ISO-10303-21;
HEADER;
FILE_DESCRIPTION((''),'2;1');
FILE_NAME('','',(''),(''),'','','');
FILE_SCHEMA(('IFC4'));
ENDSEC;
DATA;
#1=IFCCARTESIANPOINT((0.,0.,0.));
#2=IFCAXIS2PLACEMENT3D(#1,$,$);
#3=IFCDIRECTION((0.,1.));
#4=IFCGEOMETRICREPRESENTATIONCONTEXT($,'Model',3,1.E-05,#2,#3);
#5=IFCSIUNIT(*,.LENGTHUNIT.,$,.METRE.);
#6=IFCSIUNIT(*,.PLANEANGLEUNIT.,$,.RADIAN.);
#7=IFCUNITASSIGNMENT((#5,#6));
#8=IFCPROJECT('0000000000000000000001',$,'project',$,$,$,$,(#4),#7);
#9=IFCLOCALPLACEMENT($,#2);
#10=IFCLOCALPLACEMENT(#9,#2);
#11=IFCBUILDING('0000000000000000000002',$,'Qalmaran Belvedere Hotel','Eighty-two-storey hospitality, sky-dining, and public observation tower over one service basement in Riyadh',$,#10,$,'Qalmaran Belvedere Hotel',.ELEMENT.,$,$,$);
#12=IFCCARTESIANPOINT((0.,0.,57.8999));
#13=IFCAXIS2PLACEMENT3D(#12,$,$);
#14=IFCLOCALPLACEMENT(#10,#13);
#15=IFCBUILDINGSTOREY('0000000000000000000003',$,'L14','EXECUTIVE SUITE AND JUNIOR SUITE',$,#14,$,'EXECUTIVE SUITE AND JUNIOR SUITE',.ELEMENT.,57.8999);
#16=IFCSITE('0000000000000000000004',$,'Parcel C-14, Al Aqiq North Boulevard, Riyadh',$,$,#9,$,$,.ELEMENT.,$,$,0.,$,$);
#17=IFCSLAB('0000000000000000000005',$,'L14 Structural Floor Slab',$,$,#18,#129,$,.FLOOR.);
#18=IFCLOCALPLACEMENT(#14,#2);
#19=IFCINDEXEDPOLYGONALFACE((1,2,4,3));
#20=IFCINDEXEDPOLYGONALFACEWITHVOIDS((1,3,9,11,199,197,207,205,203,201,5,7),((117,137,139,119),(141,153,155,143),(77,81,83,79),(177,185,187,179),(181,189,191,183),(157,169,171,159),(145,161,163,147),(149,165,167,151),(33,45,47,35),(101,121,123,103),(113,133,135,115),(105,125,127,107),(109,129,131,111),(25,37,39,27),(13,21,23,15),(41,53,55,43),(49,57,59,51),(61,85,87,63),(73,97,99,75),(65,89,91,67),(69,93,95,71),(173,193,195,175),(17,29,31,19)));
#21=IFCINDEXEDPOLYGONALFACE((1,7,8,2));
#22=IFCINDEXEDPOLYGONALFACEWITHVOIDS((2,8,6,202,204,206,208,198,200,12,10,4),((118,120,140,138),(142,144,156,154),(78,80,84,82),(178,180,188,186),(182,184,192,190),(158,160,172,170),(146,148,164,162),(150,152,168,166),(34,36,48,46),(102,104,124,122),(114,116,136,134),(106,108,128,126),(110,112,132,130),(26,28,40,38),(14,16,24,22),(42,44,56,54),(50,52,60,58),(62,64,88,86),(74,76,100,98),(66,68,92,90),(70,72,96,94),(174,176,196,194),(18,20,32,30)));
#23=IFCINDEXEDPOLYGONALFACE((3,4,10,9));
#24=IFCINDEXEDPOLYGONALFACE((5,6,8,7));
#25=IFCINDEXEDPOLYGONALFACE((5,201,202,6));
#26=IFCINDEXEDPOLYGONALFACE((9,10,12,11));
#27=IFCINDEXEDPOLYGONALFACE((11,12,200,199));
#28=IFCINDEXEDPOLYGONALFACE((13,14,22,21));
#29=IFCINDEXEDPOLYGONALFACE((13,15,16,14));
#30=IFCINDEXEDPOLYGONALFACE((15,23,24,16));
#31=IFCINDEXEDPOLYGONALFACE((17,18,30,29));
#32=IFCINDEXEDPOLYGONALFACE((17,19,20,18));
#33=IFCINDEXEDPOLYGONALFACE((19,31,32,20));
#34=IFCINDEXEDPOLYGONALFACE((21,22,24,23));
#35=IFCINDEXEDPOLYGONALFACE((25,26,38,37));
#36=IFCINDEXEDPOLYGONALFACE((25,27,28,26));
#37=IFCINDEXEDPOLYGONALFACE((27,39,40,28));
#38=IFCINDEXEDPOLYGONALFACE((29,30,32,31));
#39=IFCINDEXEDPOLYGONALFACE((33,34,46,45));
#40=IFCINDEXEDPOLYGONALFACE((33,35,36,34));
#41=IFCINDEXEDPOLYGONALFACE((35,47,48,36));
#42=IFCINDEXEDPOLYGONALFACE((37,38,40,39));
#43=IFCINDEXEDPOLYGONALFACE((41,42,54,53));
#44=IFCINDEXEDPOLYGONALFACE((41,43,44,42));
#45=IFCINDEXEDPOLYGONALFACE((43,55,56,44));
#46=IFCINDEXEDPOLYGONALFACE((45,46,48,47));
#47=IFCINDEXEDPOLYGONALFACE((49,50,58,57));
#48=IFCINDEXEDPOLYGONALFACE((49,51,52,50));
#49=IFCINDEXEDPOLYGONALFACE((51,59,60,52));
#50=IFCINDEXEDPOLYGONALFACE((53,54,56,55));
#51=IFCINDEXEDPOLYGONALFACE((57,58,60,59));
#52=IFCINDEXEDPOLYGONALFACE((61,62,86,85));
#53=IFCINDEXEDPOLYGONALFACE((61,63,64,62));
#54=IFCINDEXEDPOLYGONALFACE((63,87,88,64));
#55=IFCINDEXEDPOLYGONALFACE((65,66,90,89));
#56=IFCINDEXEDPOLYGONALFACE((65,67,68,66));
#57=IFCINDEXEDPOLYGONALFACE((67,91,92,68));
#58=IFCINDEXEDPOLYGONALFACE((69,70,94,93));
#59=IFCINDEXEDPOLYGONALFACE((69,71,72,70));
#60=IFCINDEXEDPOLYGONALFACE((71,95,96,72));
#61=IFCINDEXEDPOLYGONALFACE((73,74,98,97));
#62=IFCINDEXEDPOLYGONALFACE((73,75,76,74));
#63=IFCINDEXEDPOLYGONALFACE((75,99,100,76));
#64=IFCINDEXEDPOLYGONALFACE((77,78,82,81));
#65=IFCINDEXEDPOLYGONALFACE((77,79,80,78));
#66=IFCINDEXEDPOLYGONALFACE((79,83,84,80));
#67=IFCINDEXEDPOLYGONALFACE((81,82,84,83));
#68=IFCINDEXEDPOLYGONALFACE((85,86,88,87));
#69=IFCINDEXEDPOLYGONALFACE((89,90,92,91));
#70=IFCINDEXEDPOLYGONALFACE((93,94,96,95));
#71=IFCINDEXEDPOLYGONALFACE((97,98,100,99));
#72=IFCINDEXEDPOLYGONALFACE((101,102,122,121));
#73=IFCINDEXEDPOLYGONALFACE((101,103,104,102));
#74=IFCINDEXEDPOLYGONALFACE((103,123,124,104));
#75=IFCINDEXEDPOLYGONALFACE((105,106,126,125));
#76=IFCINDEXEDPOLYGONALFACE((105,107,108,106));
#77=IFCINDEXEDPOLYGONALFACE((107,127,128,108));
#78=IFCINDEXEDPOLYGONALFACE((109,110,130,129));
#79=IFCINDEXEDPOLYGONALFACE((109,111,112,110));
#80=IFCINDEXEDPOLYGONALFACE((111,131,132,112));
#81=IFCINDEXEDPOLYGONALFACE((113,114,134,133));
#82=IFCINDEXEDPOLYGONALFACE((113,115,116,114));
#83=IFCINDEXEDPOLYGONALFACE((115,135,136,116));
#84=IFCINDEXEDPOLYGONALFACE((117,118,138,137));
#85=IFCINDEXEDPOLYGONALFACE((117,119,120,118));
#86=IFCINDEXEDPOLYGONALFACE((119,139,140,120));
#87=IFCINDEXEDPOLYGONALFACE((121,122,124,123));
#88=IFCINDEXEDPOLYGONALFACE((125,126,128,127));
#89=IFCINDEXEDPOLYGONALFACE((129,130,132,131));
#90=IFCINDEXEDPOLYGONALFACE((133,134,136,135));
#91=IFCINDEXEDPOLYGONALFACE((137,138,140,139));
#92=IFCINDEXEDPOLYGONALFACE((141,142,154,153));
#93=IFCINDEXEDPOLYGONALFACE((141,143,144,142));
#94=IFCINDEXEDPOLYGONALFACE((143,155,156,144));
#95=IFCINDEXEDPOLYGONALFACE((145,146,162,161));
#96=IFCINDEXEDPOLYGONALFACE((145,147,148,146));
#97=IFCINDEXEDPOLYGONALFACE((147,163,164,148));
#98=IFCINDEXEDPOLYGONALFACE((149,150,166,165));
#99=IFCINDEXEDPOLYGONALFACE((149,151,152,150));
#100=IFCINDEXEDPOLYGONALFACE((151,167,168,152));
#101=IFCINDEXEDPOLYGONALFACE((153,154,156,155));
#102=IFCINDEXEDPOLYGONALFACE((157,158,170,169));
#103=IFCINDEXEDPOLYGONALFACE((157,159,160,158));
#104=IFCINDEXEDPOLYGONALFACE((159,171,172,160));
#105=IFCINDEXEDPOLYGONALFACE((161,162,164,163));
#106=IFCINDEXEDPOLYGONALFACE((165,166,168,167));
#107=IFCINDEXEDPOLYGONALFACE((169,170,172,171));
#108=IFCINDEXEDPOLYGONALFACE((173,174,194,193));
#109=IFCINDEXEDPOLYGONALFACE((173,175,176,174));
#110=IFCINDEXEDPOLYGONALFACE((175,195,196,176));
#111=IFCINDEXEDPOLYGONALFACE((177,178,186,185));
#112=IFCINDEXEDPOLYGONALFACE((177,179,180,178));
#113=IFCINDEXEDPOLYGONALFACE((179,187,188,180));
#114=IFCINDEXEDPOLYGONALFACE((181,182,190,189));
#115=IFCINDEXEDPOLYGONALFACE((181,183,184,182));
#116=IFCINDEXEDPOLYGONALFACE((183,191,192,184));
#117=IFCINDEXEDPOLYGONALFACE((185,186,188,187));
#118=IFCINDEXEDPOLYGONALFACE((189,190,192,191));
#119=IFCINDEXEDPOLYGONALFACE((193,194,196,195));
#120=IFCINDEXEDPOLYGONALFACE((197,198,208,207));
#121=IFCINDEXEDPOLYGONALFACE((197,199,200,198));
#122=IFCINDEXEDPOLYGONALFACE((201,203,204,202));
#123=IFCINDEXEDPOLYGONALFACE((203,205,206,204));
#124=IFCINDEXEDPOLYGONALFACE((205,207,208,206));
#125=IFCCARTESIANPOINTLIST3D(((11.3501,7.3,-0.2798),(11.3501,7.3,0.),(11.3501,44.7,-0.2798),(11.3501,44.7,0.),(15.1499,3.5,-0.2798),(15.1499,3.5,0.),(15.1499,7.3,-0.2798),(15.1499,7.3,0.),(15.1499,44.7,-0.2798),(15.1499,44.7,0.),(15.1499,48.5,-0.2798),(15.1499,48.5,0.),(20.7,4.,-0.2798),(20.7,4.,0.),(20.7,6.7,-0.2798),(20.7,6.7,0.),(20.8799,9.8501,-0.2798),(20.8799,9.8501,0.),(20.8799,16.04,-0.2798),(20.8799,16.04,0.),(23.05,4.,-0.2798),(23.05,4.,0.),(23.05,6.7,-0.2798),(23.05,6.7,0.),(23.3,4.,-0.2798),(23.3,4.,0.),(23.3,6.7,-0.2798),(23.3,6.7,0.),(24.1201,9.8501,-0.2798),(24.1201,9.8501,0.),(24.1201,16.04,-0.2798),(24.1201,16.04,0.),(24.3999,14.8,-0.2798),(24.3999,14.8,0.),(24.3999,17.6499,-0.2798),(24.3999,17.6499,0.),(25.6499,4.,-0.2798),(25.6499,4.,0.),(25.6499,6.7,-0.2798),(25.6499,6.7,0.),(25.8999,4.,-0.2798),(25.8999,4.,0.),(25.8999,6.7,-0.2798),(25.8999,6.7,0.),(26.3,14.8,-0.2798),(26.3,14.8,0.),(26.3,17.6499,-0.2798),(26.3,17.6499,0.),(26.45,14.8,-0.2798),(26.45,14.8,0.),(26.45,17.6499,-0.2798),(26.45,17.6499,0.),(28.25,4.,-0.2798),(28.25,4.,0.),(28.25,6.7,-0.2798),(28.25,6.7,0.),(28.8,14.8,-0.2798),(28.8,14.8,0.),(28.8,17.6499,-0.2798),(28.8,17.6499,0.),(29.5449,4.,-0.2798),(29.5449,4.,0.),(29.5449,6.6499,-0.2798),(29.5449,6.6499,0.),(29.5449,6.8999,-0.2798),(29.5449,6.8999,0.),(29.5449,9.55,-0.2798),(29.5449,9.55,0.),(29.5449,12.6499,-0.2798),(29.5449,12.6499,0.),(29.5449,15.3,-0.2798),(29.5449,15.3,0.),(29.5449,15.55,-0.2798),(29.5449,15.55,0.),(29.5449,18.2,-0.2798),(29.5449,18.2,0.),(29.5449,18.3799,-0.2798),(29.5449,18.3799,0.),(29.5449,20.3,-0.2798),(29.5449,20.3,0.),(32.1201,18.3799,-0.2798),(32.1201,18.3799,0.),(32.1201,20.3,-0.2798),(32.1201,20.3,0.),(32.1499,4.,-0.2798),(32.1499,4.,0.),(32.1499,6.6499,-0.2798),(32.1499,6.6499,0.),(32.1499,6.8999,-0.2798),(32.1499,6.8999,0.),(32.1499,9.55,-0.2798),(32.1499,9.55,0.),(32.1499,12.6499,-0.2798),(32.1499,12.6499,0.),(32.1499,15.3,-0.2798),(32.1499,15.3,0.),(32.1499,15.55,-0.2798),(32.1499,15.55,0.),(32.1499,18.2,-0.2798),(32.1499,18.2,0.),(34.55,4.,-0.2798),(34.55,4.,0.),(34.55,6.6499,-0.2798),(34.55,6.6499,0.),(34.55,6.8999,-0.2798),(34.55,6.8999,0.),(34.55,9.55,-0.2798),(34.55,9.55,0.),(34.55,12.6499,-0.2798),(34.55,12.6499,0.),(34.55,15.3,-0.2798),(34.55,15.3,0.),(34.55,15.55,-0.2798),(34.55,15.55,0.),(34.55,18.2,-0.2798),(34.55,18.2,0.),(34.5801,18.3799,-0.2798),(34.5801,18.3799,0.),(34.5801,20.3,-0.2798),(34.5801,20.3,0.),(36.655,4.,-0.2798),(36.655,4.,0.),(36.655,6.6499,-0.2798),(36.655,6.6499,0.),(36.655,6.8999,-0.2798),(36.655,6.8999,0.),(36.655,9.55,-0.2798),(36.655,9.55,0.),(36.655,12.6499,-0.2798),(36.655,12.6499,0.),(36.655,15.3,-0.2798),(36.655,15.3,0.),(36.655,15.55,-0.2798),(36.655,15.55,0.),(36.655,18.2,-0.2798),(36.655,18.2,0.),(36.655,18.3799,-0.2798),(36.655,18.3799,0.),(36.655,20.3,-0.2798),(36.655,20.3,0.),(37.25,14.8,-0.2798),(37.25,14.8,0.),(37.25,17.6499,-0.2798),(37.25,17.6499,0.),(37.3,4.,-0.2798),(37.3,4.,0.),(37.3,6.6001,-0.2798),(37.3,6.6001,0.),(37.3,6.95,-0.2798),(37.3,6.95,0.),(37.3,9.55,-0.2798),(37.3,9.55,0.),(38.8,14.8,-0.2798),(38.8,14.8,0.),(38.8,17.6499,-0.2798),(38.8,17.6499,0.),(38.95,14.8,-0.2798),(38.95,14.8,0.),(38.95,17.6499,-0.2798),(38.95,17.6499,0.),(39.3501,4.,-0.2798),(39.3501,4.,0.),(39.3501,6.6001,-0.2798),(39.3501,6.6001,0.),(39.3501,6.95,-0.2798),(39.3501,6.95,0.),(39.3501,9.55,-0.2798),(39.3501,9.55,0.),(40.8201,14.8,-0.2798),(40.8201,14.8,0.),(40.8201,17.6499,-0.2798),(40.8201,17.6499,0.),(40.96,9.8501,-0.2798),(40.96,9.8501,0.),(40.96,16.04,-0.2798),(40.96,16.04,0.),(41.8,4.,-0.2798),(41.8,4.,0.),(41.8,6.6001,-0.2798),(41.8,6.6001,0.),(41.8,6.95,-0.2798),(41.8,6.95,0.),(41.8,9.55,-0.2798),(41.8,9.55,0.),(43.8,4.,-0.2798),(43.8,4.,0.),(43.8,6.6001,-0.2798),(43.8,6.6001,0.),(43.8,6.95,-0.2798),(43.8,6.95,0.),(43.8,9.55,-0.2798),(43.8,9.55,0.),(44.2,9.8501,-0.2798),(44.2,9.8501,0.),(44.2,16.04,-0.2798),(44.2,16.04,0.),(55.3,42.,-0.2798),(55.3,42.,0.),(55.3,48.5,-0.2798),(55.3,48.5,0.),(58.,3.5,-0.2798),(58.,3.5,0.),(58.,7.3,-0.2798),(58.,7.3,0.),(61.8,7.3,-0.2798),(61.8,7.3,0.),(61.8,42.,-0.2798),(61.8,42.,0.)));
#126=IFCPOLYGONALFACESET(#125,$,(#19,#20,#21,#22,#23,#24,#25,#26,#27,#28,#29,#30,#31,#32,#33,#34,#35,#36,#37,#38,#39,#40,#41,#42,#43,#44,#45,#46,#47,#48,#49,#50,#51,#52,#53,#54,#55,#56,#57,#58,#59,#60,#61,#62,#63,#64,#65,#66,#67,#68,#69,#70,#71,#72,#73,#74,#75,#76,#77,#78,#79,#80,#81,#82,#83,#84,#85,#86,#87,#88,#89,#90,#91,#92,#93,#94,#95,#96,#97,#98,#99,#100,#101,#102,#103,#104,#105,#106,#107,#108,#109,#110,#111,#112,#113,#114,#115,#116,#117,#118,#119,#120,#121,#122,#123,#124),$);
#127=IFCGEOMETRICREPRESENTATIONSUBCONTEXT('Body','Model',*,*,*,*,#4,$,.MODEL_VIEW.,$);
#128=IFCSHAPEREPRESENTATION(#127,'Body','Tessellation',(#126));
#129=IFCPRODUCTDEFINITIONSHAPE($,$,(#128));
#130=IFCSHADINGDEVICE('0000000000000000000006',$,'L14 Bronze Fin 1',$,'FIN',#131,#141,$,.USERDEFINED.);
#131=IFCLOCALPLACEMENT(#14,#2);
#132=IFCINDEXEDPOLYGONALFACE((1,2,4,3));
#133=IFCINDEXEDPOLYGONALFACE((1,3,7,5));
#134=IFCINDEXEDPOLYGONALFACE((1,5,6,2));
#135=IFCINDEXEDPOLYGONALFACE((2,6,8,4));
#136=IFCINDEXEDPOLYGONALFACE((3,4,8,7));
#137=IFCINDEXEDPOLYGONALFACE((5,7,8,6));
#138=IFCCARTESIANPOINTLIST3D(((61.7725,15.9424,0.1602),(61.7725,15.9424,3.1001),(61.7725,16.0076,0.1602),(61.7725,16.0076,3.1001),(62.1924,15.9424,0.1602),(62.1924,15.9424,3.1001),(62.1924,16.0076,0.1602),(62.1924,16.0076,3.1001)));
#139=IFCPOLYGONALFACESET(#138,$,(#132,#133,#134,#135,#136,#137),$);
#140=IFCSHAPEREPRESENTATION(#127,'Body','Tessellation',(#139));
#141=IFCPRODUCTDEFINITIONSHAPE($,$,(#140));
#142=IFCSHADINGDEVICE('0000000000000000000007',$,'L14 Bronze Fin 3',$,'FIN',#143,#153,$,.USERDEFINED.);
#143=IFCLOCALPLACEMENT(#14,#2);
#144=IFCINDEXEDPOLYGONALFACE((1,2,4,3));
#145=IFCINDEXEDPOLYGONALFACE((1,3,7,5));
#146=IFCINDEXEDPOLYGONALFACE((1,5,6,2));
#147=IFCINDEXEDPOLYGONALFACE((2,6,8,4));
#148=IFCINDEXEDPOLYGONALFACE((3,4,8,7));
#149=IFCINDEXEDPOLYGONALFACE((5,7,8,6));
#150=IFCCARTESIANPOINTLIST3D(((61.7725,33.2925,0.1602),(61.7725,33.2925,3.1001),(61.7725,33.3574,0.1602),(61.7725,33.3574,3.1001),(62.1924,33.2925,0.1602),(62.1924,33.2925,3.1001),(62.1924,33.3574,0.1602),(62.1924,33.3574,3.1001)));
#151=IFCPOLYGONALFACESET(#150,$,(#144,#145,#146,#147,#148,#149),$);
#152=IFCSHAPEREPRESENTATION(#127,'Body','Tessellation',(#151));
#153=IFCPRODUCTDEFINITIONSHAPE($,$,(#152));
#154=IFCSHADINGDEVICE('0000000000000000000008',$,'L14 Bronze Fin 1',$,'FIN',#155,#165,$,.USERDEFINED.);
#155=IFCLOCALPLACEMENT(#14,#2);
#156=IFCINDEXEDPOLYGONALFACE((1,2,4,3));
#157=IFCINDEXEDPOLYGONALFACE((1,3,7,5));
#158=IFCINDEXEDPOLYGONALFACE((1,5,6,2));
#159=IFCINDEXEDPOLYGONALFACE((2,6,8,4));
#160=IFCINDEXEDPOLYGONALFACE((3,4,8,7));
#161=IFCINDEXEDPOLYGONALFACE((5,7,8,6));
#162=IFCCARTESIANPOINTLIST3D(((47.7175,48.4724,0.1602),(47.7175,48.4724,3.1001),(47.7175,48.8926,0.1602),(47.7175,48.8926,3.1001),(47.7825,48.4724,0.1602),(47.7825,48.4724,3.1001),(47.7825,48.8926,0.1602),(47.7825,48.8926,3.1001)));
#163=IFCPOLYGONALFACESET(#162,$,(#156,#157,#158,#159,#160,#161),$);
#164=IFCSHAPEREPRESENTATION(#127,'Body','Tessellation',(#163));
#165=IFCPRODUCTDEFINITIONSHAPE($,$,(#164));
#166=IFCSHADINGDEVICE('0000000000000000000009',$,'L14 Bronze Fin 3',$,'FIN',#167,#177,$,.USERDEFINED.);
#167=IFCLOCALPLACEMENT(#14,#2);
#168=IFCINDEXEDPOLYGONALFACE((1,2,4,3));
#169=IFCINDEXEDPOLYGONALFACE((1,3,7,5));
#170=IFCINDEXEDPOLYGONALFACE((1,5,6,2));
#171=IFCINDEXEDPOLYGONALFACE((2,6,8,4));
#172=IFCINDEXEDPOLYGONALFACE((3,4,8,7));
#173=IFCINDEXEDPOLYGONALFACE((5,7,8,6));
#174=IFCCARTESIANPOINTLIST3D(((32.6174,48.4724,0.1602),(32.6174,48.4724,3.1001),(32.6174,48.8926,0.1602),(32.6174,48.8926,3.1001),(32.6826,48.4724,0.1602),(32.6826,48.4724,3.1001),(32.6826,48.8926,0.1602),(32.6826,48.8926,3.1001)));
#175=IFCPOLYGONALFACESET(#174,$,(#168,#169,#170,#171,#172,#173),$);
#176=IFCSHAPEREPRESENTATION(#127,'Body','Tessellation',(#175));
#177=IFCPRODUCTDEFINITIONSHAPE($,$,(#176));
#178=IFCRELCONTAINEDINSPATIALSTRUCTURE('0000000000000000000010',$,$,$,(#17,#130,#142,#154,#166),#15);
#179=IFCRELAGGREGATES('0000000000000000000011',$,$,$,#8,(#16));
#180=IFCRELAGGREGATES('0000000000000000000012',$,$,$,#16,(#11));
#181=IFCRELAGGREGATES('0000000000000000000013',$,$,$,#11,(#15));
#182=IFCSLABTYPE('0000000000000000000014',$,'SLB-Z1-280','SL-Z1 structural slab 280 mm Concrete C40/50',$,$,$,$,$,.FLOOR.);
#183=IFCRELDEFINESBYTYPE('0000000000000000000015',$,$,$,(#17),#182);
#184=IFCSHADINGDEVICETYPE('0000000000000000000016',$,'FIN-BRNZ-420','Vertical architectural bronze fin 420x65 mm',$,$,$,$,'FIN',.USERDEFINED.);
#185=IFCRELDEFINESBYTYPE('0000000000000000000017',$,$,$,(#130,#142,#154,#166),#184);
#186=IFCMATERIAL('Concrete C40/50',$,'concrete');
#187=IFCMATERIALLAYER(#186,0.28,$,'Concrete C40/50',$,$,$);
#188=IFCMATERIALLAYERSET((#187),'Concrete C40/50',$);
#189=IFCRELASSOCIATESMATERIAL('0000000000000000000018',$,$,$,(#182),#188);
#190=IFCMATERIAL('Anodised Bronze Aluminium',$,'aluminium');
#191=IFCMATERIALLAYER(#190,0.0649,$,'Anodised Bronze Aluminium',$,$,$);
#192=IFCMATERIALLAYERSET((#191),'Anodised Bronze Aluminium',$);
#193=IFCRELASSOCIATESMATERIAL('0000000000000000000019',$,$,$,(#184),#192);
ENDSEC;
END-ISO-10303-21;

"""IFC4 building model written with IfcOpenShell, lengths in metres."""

from ifc_helpers import new_model, si_unit, direction, frame, origin, place, context, subcontext, project, spatial, polyline, outline, extrude, material, layer, layer_set, type_object, element, save


model = new_model("IFC4")

# Units and contexts
model_context = context("Model", 3, precision=1e-05, world=origin(), true_north=direction((0.0, 1.0)))
body_context = subcontext(model_context, "Body", "Model", "MODEL_VIEW")
ifc_project = project(units=[si_unit("LENGTHUNIT", "METRE"), si_unit("PLANEANGLEUNIT", "RADIAN")], contexts=[model_context])

# Site, building, storey
site_placement = place(None, origin())
site = spatial("IfcSite", under=ifc_project, at=site_placement, Name="Parcel C-14, Al Aqiq North Boulevard, Riyadh", CompositionType="ELEMENT", RefElevation=0.0)
building_placement = place(site_placement, origin())
building = spatial("IfcBuilding", under=site, at=building_placement, Name="Qalmaran Belvedere Hotel", Description="Eighty-two-storey hospitality, sky-dining, and public observation tower over one service basement in Riyadh", LongName="Qalmaran Belvedere Hotel", CompositionType="ELEMENT")
storey_placement = place(building_placement, frame((0.0, 0.0, 57.8999)))
storey = spatial("IfcBuildingStorey", under=building, at=storey_placement, Name="L14", Description="EXECUTIVE SUITE AND JUNIOR SUITE", LongName="EXECUTIVE SUITE AND JUNIOR SUITE", CompositionType="ELEMENT", Elevation=57.8999)

# Shared definitions
ifc_material_1 = material(Name="Anodised Bronze Aluminium", Category="aluminium")

# Shared definitions
ifc_material_2 = material(Name="Concrete C40/50", Category="concrete")

# Slab
ifc_layer_1 = layer(ifc_material_2, 0.28, Name="Concrete C40/50")
ifc_layer_set_1 = layer_set([ifc_layer_1], Name="Concrete C40/50")
slab_type_1 = type_object("IfcSlabType", Name="SLB-Z1-280", Description="SL-Z1 structural slab 280 mm Concrete C40/50", PredefinedType="FLOOR", material=ifc_layer_set_1)
slab_1_placement = place(storey_placement, frame((0.0, 0.0, -0.2798)))
element("IfcSlab", 1, at=slab_1_placement, inside=storey, type_object=slab_type_1, Name="L14 Structural Floor Slab", PredefinedType="FLOOR", context=body_context, shape_type="SweptSolid", body=[
    extrude(outline(polyline([(15.1499, 3.5), (58.0, 3.5), (58.0, 7.3), (61.8, 7.3), (61.8, 42.0), (55.3, 42.0), (55.3, 48.5), (15.1499, 48.5), (15.1499, 44.7), (11.3501, 44.7), (11.3501, 7.3), (15.1499, 7.3), (15.1499, 3.5)]), holes=[polyline([(20.8799, 9.8501), (24.1201, 9.8501), (24.1201, 16.04), (20.8799, 16.04), (20.8799, 9.8501)]), polyline([(40.96, 9.8501), (44.2, 9.8501), (44.2, 16.04), (40.96, 16.04), (40.96, 9.8501)]), polyline([(29.5449, 4.0), (32.1499, 4.0), (32.1499, 6.6499), (29.5449, 6.6499), (29.5449, 4.0)]), polyline([(29.5449, 6.8999), (32.1499, 6.8999), (32.1499, 9.55), (29.5449, 9.55), (29.5449, 6.8999)]), polyline([(34.55, 4.0), (36.655, 4.0), (36.655, 6.6499), (34.55, 6.6499), (34.55, 4.0)]), polyline([(34.55, 6.8999), (36.655, 6.8999), (36.655, 9.55), (34.55, 9.55), (34.55, 6.8999)]), polyline([(29.5449, 12.6499), (32.1499, 12.6499), (32.1499, 15.3), (29.5449, 15.3), (29.5449, 12.6499)]), polyline([(29.5449, 15.55), (32.1499, 15.55), (32.1499, 18.2), (29.5449, 18.2), (29.5449, 15.55)]), polyline([(34.55, 12.6499), (36.655, 12.6499), (36.655, 15.3), (34.55, 15.3), (34.55, 12.6499)]), polyline([(34.55, 15.55), (36.655, 15.55), (36.655, 18.2), (34.55, 18.2), (34.55, 15.55)]), polyline([(37.3, 4.0), (39.3501, 4.0), (39.3501, 6.6001), (37.3, 6.6001), (37.3, 4.0)]), polyline([(37.3, 6.95), (39.3501, 6.95), (39.3501, 9.55), (37.3, 9.55), (37.3, 6.95)]), polyline([(41.8, 4.0), (43.8, 4.0), (43.8, 6.6001), (41.8, 6.6001), (41.8, 4.0)]), polyline([(41.8, 6.95), (43.8, 6.95), (43.8, 9.55), (41.8, 9.55), (41.8, 6.95)]), polyline([(20.7, 4.0), (23.05, 4.0), (23.05, 6.7), (20.7, 6.7), (20.7, 4.0)]), polyline([(23.3, 4.0), (25.6499, 4.0), (25.6499, 6.7), (23.3, 6.7), (23.3, 4.0)]), polyline([(25.8999, 4.0), (28.25, 4.0), (28.25, 6.7), (25.8999, 6.7), (25.8999, 4.0)]), polyline([(24.3999, 14.8), (26.3, 14.8), (26.3, 17.6499), (24.3999, 17.6499), (24.3999, 14.8)]), polyline([(38.95, 14.8), (40.8201, 14.8), (40.8201, 17.6499), (38.95, 17.6499), (38.95, 14.8)]), polyline([(26.45, 14.8), (28.8, 14.8), (28.8, 17.6499), (26.45, 17.6499), (26.45, 14.8)]), polyline([(37.25, 14.8), (38.8, 14.8), (38.8, 17.6499), (37.25, 17.6499), (37.25, 14.8)]), polyline([(29.5449, 18.3799), (32.1201, 18.3799), (32.1201, 20.3), (29.5449, 20.3), (29.5449, 18.3799)]), polyline([(34.5801, 18.3799), (36.655, 18.3799), (36.655, 20.3), (34.5801, 20.3), (34.5801, 18.3799)])]), origin(), (0.0, 0.0, 1.0), 0.2798),
])

# Shading devices
ifc_layer_2 = layer(ifc_material_1, 0.0649, Name="Anodised Bronze Aluminium")
ifc_layer_set_2 = layer_set([ifc_layer_2], Name="Anodised Bronze Aluminium")
shading_device_type = type_object("IfcShadingDeviceType", Name="FIN-BRNZ-420", Description="Vertical architectural bronze fin 420x65 mm", ElementType="FIN", PredefinedType="USERDEFINED", material=ifc_layer_set_2)
shading_device_1_placement = place(storey_placement, frame((0.0, 0.0, 0.1602)))
element("IfcShadingDevice", 2, at=shading_device_1_placement, inside=storey, type_object=shading_device_type, Name="L14 Bronze Fin 1", ObjectType="FIN", PredefinedType="USERDEFINED", context=body_context, shape_type="SweptSolid", body=[
    extrude(outline(polyline([(61.7725, 15.9424), (62.1924, 15.9424), (62.1924, 16.0076), (61.7725, 16.0076), (61.7725, 15.9424)])), origin(), (0.0, 0.0, 1.0), 2.9399),
])
shading_device_2_placement = place(storey_placement, frame((0.0, 0.0, 0.1602)))
element("IfcShadingDevice", 3, at=shading_device_2_placement, inside=storey, type_object=shading_device_type, Name="L14 Bronze Fin 3", ObjectType="FIN", PredefinedType="USERDEFINED", context=body_context, shape_type="SweptSolid", body=[
    extrude(outline(polyline([(61.7725, 33.2925), (62.1924, 33.2925), (62.1924, 33.3574), (61.7725, 33.3574), (61.7725, 33.2925)])), origin(), (0.0, 0.0, 1.0), 2.9399),
])
shading_device_3_placement = place(storey_placement, frame((0.0, 0.0, 0.1602)))
element("IfcShadingDevice", 4, at=shading_device_3_placement, inside=storey, type_object=shading_device_type, Name="L14 Bronze Fin 1", ObjectType="FIN", PredefinedType="USERDEFINED", context=body_context, shape_type="SweptSolid", body=[
    extrude(outline(polyline([(47.7825, 48.4724), (47.7825, 48.8926), (47.7175, 48.8926), (47.7175, 48.4724), (47.7825, 48.4724)])), origin(), (0.0, 0.0, 1.0), 2.9399),
])
shading_device_4_placement = place(storey_placement, frame((0.0, 0.0, 0.1602)))
element("IfcShadingDevice", 5, at=shading_device_4_placement, inside=storey, type_object=shading_device_type, Name="L14 Bronze Fin 3", ObjectType="FIN", PredefinedType="USERDEFINED", context=body_context, shape_type="SweptSolid", body=[
    extrude(outline(polyline([(32.6826, 48.4724), (32.6826, 48.8926), (32.6174, 48.8926), (32.6174, 48.4724), (32.6826, 48.4724)])), origin(), (0.0, 0.0, 1.0), 2.9399),
])

save(model, "model.ifc")
